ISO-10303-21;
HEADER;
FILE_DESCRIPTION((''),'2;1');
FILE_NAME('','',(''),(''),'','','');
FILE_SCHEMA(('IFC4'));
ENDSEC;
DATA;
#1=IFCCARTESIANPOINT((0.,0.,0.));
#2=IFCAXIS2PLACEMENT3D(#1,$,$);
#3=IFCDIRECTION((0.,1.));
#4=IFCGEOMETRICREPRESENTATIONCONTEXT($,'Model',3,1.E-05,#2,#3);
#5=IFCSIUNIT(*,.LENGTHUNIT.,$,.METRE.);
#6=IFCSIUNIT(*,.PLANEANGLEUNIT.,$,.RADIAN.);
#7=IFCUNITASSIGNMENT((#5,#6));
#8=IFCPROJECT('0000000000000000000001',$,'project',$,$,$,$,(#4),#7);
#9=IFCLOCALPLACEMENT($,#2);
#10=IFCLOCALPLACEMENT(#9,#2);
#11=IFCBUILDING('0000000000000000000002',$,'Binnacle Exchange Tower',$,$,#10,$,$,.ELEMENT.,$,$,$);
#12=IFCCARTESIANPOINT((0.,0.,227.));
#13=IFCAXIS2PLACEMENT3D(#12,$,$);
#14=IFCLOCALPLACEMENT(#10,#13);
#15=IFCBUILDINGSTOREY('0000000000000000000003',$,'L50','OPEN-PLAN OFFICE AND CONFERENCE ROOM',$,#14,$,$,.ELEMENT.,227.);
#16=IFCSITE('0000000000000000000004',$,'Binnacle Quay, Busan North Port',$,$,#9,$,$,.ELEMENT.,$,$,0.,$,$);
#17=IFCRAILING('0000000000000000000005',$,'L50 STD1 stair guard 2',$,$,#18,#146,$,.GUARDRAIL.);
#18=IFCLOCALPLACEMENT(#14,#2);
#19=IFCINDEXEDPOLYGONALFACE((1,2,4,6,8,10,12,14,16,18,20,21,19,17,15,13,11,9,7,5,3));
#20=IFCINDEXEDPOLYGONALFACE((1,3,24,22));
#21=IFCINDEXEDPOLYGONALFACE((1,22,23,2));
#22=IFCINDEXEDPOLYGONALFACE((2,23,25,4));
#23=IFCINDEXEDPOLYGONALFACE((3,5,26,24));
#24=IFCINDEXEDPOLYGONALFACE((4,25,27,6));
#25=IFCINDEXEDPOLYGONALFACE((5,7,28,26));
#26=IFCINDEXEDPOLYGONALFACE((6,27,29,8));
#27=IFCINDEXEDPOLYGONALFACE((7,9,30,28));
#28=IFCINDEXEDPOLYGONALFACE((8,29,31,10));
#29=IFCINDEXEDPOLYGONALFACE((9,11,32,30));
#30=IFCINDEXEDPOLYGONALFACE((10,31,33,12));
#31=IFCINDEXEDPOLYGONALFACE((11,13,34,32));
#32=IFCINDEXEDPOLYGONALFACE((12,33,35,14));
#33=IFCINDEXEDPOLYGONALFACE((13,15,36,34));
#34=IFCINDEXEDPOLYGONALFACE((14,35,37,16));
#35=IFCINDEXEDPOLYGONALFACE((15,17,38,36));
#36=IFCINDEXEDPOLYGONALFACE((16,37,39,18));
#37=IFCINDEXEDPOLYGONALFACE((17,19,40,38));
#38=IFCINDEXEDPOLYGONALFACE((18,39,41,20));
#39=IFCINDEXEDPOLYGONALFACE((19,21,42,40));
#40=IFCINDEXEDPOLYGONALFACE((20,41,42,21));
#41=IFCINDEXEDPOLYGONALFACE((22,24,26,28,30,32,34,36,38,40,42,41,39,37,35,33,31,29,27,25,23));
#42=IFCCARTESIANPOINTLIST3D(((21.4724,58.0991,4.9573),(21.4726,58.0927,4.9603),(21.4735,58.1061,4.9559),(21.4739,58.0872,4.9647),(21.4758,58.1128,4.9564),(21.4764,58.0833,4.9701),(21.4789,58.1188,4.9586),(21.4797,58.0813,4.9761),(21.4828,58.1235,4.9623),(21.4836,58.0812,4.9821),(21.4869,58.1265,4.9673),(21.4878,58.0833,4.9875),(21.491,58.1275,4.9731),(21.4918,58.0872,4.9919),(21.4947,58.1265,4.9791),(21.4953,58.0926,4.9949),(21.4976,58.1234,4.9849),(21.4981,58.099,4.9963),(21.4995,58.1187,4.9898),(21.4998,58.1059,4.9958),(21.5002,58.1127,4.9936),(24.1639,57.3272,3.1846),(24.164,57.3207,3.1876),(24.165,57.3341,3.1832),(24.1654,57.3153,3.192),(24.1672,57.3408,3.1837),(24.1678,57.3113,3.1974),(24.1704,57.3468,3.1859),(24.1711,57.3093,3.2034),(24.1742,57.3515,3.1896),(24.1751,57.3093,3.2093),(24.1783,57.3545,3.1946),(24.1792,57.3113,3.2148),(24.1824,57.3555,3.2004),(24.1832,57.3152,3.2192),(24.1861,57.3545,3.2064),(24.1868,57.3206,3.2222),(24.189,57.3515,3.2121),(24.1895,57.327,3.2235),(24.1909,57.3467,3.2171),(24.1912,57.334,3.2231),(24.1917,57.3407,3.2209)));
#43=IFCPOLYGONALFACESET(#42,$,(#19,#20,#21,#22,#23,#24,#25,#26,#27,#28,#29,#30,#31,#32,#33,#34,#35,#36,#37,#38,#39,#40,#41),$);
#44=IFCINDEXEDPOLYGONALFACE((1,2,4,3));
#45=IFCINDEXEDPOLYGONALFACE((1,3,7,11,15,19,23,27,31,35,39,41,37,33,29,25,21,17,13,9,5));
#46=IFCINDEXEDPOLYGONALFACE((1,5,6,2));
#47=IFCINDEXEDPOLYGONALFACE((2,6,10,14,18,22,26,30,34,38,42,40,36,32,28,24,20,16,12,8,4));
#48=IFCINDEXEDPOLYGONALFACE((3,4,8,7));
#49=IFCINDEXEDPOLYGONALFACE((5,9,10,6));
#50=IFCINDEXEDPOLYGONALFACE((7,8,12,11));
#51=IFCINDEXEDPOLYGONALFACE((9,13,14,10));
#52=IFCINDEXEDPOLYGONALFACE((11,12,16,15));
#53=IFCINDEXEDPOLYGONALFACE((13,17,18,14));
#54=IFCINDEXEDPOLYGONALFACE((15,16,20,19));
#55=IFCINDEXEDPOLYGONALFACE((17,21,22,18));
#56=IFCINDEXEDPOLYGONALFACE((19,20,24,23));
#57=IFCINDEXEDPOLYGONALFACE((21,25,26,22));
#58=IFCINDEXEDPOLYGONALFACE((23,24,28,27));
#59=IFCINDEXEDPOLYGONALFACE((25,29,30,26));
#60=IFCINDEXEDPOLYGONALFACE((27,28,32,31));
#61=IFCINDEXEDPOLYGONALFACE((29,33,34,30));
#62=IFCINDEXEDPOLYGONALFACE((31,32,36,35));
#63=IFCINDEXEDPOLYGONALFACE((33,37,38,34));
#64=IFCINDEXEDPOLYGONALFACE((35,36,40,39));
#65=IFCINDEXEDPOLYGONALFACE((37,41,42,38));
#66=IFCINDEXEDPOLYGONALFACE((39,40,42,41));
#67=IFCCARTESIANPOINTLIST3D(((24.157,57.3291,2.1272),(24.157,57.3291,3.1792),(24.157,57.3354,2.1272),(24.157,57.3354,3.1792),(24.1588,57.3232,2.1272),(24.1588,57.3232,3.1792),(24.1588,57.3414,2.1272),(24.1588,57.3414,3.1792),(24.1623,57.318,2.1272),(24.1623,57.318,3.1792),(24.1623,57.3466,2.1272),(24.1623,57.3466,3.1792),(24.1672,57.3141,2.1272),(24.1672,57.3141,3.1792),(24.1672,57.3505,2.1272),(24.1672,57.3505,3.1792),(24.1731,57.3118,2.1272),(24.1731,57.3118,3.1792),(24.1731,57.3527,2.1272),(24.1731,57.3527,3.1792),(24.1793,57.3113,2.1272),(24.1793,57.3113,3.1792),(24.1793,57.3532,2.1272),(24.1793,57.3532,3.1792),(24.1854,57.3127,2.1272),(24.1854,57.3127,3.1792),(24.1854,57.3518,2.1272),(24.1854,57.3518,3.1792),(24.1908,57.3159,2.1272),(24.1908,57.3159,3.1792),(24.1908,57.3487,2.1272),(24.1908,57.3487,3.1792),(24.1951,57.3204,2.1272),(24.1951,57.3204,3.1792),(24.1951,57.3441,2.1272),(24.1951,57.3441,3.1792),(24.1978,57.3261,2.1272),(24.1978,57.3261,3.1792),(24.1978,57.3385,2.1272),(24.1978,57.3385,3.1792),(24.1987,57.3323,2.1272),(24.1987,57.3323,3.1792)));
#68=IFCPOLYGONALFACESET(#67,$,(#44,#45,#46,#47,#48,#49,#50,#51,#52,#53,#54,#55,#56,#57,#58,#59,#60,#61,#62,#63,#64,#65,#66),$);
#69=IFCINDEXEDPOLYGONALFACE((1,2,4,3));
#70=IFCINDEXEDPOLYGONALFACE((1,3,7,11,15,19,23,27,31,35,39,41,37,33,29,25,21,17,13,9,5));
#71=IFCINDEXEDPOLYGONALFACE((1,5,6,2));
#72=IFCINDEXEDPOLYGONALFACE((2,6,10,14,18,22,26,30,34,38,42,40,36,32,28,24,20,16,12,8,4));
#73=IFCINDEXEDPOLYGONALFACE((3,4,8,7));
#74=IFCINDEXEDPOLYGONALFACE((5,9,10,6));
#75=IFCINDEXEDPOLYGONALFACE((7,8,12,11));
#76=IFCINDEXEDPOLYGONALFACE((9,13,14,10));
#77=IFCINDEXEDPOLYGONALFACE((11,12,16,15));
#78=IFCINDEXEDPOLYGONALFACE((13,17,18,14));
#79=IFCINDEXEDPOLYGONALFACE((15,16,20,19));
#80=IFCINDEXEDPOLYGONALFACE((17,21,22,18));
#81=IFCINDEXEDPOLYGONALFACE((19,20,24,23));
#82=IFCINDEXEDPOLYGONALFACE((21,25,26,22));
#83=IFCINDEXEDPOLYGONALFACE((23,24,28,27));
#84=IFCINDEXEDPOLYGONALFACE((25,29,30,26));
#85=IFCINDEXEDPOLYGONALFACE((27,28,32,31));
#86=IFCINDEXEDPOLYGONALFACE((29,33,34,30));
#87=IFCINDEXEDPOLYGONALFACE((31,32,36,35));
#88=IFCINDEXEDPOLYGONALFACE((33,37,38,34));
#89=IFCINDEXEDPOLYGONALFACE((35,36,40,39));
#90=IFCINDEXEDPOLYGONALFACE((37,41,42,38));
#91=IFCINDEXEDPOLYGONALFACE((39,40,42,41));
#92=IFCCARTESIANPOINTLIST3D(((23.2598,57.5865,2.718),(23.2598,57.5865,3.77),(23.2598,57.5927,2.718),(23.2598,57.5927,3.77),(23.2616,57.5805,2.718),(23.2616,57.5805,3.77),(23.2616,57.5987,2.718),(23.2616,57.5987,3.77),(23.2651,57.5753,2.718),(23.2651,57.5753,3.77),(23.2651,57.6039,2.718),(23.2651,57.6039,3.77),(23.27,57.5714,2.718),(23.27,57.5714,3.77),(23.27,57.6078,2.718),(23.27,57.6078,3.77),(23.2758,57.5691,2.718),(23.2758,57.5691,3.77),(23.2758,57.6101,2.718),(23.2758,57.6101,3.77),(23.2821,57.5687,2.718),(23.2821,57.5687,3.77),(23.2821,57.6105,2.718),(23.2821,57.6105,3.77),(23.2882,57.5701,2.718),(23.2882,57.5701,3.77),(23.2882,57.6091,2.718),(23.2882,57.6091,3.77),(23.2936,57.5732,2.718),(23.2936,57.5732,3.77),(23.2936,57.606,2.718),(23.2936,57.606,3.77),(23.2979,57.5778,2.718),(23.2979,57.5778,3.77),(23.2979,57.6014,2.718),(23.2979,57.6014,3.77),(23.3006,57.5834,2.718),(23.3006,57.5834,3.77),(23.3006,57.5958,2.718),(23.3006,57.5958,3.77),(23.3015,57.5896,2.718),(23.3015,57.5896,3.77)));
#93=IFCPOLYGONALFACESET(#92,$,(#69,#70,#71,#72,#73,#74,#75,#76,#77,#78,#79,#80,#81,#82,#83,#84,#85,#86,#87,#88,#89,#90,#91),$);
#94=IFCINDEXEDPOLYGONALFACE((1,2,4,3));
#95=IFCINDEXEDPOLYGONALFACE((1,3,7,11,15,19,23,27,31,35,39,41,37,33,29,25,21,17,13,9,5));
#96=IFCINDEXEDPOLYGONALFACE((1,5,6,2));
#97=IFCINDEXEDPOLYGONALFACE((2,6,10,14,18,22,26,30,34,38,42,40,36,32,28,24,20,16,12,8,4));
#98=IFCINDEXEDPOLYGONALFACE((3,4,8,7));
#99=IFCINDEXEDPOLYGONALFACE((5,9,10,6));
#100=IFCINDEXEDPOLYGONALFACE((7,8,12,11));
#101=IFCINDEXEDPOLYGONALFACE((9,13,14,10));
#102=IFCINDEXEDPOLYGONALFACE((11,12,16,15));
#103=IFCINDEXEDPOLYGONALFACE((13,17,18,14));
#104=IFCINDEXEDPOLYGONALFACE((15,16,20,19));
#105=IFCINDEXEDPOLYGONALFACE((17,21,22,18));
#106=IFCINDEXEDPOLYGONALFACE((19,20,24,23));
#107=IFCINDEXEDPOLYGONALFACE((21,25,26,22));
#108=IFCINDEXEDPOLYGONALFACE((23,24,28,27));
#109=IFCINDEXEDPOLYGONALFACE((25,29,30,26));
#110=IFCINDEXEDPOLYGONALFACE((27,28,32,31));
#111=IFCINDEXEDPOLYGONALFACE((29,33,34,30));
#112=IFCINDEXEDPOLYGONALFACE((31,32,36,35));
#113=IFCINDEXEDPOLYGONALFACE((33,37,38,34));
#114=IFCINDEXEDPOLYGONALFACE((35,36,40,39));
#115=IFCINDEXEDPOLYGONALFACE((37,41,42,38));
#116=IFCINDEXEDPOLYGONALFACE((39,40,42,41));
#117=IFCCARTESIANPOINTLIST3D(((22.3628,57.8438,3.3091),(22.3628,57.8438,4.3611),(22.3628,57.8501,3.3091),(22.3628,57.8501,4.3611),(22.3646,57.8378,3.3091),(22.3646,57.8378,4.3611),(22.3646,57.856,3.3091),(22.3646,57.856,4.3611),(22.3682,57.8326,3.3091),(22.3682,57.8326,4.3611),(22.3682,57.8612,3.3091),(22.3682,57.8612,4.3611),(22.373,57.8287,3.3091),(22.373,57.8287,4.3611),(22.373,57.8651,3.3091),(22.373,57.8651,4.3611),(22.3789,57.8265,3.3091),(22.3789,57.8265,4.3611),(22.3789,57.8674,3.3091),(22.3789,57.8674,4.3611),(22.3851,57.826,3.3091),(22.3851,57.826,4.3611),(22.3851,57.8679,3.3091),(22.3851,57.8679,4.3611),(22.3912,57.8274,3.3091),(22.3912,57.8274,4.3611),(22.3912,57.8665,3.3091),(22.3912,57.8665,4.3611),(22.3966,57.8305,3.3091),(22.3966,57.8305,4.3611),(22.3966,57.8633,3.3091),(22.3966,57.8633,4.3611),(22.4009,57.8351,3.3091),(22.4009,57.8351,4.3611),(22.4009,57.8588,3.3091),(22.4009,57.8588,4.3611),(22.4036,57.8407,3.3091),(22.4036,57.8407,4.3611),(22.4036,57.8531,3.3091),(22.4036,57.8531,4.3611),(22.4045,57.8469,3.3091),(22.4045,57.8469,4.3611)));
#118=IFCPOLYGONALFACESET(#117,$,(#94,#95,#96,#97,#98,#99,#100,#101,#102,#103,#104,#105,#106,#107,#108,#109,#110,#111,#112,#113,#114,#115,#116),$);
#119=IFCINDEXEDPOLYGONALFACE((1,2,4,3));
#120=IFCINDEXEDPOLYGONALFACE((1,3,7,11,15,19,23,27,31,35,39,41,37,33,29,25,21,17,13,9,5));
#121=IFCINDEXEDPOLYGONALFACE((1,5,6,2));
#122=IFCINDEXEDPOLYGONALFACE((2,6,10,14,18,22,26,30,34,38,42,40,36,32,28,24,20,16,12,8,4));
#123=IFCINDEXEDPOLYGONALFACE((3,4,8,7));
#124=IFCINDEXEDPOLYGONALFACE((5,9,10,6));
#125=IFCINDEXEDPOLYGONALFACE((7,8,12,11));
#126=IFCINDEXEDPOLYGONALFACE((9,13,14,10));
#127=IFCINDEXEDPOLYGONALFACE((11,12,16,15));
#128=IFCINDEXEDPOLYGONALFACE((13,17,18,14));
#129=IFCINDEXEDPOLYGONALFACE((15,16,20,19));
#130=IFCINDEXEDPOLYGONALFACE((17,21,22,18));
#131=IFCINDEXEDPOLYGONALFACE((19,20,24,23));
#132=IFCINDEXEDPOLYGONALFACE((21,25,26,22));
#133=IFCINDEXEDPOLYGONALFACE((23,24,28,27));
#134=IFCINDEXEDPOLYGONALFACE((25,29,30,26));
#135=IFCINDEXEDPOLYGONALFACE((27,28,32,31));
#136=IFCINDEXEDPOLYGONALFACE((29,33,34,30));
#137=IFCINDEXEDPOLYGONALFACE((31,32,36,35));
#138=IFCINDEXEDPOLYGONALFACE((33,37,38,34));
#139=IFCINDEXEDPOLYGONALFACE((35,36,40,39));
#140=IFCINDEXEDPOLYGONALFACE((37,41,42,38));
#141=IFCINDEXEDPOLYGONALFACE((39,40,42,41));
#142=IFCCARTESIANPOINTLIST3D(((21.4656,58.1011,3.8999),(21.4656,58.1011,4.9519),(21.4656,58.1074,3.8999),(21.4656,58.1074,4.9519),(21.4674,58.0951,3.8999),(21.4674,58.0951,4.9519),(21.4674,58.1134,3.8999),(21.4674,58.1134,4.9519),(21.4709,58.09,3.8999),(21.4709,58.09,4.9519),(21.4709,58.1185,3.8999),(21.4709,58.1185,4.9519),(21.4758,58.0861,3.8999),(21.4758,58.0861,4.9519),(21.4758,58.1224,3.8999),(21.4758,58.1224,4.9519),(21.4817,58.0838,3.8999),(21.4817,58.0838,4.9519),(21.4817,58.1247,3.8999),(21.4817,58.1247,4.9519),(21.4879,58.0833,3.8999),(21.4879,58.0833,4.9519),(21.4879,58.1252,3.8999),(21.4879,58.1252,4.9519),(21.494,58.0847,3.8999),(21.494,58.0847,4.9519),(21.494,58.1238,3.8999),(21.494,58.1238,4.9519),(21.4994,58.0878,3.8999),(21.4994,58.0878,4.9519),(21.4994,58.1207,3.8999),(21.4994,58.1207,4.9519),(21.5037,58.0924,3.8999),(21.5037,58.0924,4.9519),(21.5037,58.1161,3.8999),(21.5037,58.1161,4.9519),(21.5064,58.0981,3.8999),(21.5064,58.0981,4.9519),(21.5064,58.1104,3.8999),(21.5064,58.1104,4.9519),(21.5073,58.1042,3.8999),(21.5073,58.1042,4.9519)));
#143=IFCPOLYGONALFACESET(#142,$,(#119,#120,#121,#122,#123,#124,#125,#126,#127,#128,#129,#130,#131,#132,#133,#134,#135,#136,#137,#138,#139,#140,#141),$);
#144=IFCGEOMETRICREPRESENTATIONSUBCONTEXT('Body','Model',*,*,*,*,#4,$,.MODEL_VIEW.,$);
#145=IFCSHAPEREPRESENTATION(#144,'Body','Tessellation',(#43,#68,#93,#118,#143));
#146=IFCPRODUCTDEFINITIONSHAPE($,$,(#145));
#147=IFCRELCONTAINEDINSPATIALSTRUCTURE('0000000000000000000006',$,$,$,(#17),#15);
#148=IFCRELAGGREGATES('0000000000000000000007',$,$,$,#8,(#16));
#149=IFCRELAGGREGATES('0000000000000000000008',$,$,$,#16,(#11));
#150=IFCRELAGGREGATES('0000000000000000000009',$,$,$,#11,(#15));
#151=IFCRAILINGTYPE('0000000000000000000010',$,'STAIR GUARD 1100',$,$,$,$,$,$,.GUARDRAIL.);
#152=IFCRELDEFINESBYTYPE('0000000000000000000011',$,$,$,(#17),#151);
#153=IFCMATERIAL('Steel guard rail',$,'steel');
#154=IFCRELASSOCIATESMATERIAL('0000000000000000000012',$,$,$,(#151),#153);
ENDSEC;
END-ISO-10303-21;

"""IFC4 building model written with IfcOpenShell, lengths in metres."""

from ifc_helpers import new_model, si_unit, direction, frame, origin, origin_2d, place, context, subcontext, project, spatial, circle, extrude, material, type_object, element, save


model = new_model("IFC4")

# Units and contexts
model_context = context("Model", 3, precision=1e-05, world=origin(), true_north=direction((0.0, 1.0)))
body_context = subcontext(model_context, "Body", "Model", "MODEL_VIEW")
ifc_project = project(units=[si_unit("LENGTHUNIT", "METRE"), si_unit("PLANEANGLEUNIT", "RADIAN")], contexts=[model_context])

# Site, building, storey
site_placement = place(None, origin())
site = spatial("IfcSite", under=ifc_project, at=site_placement, Name="Binnacle Quay, Busan North Port", CompositionType="ELEMENT", RefElevation=0.0)
building_placement = place(site_placement, origin())
building = spatial("IfcBuilding", under=site, at=building_placement, Name="Binnacle Exchange Tower", CompositionType="ELEMENT")
storey_placement = place(building_placement, frame((0.0, 0.0, 227.0)))
storey = spatial("IfcBuildingStorey", under=building, at=storey_placement, Name="L50", Description="OPEN-PLAN OFFICE AND CONFERENCE ROOM", CompositionType="ELEMENT", Elevation=227.0)

# Railing
ifc_material_1 = material(Name="Steel guard rail", Category="steel")
railing_type_1 = type_object("IfcRailingType", Name="STAIR GUARD 1100", PredefinedType="GUARDRAIL", material=ifc_material_1)
railing_1_placement = place(storey_placement, frame((24.1777, 57.3323, 2.1272)))
element("IfcRailing", 1, at=railing_1_placement, inside=storey, type_object=railing_type_1, Name="L50 STD1 stair guard 2", PredefinedType="GUARDRAIL", context=body_context, shape_type="SweptSolid", body=[
    extrude(circle(Radius=0.0239, at=origin_2d()), frame((0.0, 0.0, 1.0762), z_axis=(-0.812151, 0.232948, 0.534926), x_axis=(-0.275711, -0.96124, 0.0)), (0.0, 0.0, 1.0), 3.314),
    extrude(circle(Radius=0.021, at=origin_2d()), origin(), (0.0, 0.0, 1.0), 1.052),
    extrude(circle(Radius=0.021, at=origin_2d()), frame((-0.8972, 0.2573, 0.5908)), (0.0, 0.0, 1.0), 1.052),
    extrude(circle(Radius=0.021, at=origin_2d()), frame((-1.7942, 0.5146, 1.1819)), (0.0, 0.0, 1.0), 1.052),
    extrude(circle(Radius=0.021, at=origin_2d()), frame((-2.6914, 0.772, 1.7727)), (0.0, 0.0, 1.0), 1.052),
])

save(model, "model.ifc")
